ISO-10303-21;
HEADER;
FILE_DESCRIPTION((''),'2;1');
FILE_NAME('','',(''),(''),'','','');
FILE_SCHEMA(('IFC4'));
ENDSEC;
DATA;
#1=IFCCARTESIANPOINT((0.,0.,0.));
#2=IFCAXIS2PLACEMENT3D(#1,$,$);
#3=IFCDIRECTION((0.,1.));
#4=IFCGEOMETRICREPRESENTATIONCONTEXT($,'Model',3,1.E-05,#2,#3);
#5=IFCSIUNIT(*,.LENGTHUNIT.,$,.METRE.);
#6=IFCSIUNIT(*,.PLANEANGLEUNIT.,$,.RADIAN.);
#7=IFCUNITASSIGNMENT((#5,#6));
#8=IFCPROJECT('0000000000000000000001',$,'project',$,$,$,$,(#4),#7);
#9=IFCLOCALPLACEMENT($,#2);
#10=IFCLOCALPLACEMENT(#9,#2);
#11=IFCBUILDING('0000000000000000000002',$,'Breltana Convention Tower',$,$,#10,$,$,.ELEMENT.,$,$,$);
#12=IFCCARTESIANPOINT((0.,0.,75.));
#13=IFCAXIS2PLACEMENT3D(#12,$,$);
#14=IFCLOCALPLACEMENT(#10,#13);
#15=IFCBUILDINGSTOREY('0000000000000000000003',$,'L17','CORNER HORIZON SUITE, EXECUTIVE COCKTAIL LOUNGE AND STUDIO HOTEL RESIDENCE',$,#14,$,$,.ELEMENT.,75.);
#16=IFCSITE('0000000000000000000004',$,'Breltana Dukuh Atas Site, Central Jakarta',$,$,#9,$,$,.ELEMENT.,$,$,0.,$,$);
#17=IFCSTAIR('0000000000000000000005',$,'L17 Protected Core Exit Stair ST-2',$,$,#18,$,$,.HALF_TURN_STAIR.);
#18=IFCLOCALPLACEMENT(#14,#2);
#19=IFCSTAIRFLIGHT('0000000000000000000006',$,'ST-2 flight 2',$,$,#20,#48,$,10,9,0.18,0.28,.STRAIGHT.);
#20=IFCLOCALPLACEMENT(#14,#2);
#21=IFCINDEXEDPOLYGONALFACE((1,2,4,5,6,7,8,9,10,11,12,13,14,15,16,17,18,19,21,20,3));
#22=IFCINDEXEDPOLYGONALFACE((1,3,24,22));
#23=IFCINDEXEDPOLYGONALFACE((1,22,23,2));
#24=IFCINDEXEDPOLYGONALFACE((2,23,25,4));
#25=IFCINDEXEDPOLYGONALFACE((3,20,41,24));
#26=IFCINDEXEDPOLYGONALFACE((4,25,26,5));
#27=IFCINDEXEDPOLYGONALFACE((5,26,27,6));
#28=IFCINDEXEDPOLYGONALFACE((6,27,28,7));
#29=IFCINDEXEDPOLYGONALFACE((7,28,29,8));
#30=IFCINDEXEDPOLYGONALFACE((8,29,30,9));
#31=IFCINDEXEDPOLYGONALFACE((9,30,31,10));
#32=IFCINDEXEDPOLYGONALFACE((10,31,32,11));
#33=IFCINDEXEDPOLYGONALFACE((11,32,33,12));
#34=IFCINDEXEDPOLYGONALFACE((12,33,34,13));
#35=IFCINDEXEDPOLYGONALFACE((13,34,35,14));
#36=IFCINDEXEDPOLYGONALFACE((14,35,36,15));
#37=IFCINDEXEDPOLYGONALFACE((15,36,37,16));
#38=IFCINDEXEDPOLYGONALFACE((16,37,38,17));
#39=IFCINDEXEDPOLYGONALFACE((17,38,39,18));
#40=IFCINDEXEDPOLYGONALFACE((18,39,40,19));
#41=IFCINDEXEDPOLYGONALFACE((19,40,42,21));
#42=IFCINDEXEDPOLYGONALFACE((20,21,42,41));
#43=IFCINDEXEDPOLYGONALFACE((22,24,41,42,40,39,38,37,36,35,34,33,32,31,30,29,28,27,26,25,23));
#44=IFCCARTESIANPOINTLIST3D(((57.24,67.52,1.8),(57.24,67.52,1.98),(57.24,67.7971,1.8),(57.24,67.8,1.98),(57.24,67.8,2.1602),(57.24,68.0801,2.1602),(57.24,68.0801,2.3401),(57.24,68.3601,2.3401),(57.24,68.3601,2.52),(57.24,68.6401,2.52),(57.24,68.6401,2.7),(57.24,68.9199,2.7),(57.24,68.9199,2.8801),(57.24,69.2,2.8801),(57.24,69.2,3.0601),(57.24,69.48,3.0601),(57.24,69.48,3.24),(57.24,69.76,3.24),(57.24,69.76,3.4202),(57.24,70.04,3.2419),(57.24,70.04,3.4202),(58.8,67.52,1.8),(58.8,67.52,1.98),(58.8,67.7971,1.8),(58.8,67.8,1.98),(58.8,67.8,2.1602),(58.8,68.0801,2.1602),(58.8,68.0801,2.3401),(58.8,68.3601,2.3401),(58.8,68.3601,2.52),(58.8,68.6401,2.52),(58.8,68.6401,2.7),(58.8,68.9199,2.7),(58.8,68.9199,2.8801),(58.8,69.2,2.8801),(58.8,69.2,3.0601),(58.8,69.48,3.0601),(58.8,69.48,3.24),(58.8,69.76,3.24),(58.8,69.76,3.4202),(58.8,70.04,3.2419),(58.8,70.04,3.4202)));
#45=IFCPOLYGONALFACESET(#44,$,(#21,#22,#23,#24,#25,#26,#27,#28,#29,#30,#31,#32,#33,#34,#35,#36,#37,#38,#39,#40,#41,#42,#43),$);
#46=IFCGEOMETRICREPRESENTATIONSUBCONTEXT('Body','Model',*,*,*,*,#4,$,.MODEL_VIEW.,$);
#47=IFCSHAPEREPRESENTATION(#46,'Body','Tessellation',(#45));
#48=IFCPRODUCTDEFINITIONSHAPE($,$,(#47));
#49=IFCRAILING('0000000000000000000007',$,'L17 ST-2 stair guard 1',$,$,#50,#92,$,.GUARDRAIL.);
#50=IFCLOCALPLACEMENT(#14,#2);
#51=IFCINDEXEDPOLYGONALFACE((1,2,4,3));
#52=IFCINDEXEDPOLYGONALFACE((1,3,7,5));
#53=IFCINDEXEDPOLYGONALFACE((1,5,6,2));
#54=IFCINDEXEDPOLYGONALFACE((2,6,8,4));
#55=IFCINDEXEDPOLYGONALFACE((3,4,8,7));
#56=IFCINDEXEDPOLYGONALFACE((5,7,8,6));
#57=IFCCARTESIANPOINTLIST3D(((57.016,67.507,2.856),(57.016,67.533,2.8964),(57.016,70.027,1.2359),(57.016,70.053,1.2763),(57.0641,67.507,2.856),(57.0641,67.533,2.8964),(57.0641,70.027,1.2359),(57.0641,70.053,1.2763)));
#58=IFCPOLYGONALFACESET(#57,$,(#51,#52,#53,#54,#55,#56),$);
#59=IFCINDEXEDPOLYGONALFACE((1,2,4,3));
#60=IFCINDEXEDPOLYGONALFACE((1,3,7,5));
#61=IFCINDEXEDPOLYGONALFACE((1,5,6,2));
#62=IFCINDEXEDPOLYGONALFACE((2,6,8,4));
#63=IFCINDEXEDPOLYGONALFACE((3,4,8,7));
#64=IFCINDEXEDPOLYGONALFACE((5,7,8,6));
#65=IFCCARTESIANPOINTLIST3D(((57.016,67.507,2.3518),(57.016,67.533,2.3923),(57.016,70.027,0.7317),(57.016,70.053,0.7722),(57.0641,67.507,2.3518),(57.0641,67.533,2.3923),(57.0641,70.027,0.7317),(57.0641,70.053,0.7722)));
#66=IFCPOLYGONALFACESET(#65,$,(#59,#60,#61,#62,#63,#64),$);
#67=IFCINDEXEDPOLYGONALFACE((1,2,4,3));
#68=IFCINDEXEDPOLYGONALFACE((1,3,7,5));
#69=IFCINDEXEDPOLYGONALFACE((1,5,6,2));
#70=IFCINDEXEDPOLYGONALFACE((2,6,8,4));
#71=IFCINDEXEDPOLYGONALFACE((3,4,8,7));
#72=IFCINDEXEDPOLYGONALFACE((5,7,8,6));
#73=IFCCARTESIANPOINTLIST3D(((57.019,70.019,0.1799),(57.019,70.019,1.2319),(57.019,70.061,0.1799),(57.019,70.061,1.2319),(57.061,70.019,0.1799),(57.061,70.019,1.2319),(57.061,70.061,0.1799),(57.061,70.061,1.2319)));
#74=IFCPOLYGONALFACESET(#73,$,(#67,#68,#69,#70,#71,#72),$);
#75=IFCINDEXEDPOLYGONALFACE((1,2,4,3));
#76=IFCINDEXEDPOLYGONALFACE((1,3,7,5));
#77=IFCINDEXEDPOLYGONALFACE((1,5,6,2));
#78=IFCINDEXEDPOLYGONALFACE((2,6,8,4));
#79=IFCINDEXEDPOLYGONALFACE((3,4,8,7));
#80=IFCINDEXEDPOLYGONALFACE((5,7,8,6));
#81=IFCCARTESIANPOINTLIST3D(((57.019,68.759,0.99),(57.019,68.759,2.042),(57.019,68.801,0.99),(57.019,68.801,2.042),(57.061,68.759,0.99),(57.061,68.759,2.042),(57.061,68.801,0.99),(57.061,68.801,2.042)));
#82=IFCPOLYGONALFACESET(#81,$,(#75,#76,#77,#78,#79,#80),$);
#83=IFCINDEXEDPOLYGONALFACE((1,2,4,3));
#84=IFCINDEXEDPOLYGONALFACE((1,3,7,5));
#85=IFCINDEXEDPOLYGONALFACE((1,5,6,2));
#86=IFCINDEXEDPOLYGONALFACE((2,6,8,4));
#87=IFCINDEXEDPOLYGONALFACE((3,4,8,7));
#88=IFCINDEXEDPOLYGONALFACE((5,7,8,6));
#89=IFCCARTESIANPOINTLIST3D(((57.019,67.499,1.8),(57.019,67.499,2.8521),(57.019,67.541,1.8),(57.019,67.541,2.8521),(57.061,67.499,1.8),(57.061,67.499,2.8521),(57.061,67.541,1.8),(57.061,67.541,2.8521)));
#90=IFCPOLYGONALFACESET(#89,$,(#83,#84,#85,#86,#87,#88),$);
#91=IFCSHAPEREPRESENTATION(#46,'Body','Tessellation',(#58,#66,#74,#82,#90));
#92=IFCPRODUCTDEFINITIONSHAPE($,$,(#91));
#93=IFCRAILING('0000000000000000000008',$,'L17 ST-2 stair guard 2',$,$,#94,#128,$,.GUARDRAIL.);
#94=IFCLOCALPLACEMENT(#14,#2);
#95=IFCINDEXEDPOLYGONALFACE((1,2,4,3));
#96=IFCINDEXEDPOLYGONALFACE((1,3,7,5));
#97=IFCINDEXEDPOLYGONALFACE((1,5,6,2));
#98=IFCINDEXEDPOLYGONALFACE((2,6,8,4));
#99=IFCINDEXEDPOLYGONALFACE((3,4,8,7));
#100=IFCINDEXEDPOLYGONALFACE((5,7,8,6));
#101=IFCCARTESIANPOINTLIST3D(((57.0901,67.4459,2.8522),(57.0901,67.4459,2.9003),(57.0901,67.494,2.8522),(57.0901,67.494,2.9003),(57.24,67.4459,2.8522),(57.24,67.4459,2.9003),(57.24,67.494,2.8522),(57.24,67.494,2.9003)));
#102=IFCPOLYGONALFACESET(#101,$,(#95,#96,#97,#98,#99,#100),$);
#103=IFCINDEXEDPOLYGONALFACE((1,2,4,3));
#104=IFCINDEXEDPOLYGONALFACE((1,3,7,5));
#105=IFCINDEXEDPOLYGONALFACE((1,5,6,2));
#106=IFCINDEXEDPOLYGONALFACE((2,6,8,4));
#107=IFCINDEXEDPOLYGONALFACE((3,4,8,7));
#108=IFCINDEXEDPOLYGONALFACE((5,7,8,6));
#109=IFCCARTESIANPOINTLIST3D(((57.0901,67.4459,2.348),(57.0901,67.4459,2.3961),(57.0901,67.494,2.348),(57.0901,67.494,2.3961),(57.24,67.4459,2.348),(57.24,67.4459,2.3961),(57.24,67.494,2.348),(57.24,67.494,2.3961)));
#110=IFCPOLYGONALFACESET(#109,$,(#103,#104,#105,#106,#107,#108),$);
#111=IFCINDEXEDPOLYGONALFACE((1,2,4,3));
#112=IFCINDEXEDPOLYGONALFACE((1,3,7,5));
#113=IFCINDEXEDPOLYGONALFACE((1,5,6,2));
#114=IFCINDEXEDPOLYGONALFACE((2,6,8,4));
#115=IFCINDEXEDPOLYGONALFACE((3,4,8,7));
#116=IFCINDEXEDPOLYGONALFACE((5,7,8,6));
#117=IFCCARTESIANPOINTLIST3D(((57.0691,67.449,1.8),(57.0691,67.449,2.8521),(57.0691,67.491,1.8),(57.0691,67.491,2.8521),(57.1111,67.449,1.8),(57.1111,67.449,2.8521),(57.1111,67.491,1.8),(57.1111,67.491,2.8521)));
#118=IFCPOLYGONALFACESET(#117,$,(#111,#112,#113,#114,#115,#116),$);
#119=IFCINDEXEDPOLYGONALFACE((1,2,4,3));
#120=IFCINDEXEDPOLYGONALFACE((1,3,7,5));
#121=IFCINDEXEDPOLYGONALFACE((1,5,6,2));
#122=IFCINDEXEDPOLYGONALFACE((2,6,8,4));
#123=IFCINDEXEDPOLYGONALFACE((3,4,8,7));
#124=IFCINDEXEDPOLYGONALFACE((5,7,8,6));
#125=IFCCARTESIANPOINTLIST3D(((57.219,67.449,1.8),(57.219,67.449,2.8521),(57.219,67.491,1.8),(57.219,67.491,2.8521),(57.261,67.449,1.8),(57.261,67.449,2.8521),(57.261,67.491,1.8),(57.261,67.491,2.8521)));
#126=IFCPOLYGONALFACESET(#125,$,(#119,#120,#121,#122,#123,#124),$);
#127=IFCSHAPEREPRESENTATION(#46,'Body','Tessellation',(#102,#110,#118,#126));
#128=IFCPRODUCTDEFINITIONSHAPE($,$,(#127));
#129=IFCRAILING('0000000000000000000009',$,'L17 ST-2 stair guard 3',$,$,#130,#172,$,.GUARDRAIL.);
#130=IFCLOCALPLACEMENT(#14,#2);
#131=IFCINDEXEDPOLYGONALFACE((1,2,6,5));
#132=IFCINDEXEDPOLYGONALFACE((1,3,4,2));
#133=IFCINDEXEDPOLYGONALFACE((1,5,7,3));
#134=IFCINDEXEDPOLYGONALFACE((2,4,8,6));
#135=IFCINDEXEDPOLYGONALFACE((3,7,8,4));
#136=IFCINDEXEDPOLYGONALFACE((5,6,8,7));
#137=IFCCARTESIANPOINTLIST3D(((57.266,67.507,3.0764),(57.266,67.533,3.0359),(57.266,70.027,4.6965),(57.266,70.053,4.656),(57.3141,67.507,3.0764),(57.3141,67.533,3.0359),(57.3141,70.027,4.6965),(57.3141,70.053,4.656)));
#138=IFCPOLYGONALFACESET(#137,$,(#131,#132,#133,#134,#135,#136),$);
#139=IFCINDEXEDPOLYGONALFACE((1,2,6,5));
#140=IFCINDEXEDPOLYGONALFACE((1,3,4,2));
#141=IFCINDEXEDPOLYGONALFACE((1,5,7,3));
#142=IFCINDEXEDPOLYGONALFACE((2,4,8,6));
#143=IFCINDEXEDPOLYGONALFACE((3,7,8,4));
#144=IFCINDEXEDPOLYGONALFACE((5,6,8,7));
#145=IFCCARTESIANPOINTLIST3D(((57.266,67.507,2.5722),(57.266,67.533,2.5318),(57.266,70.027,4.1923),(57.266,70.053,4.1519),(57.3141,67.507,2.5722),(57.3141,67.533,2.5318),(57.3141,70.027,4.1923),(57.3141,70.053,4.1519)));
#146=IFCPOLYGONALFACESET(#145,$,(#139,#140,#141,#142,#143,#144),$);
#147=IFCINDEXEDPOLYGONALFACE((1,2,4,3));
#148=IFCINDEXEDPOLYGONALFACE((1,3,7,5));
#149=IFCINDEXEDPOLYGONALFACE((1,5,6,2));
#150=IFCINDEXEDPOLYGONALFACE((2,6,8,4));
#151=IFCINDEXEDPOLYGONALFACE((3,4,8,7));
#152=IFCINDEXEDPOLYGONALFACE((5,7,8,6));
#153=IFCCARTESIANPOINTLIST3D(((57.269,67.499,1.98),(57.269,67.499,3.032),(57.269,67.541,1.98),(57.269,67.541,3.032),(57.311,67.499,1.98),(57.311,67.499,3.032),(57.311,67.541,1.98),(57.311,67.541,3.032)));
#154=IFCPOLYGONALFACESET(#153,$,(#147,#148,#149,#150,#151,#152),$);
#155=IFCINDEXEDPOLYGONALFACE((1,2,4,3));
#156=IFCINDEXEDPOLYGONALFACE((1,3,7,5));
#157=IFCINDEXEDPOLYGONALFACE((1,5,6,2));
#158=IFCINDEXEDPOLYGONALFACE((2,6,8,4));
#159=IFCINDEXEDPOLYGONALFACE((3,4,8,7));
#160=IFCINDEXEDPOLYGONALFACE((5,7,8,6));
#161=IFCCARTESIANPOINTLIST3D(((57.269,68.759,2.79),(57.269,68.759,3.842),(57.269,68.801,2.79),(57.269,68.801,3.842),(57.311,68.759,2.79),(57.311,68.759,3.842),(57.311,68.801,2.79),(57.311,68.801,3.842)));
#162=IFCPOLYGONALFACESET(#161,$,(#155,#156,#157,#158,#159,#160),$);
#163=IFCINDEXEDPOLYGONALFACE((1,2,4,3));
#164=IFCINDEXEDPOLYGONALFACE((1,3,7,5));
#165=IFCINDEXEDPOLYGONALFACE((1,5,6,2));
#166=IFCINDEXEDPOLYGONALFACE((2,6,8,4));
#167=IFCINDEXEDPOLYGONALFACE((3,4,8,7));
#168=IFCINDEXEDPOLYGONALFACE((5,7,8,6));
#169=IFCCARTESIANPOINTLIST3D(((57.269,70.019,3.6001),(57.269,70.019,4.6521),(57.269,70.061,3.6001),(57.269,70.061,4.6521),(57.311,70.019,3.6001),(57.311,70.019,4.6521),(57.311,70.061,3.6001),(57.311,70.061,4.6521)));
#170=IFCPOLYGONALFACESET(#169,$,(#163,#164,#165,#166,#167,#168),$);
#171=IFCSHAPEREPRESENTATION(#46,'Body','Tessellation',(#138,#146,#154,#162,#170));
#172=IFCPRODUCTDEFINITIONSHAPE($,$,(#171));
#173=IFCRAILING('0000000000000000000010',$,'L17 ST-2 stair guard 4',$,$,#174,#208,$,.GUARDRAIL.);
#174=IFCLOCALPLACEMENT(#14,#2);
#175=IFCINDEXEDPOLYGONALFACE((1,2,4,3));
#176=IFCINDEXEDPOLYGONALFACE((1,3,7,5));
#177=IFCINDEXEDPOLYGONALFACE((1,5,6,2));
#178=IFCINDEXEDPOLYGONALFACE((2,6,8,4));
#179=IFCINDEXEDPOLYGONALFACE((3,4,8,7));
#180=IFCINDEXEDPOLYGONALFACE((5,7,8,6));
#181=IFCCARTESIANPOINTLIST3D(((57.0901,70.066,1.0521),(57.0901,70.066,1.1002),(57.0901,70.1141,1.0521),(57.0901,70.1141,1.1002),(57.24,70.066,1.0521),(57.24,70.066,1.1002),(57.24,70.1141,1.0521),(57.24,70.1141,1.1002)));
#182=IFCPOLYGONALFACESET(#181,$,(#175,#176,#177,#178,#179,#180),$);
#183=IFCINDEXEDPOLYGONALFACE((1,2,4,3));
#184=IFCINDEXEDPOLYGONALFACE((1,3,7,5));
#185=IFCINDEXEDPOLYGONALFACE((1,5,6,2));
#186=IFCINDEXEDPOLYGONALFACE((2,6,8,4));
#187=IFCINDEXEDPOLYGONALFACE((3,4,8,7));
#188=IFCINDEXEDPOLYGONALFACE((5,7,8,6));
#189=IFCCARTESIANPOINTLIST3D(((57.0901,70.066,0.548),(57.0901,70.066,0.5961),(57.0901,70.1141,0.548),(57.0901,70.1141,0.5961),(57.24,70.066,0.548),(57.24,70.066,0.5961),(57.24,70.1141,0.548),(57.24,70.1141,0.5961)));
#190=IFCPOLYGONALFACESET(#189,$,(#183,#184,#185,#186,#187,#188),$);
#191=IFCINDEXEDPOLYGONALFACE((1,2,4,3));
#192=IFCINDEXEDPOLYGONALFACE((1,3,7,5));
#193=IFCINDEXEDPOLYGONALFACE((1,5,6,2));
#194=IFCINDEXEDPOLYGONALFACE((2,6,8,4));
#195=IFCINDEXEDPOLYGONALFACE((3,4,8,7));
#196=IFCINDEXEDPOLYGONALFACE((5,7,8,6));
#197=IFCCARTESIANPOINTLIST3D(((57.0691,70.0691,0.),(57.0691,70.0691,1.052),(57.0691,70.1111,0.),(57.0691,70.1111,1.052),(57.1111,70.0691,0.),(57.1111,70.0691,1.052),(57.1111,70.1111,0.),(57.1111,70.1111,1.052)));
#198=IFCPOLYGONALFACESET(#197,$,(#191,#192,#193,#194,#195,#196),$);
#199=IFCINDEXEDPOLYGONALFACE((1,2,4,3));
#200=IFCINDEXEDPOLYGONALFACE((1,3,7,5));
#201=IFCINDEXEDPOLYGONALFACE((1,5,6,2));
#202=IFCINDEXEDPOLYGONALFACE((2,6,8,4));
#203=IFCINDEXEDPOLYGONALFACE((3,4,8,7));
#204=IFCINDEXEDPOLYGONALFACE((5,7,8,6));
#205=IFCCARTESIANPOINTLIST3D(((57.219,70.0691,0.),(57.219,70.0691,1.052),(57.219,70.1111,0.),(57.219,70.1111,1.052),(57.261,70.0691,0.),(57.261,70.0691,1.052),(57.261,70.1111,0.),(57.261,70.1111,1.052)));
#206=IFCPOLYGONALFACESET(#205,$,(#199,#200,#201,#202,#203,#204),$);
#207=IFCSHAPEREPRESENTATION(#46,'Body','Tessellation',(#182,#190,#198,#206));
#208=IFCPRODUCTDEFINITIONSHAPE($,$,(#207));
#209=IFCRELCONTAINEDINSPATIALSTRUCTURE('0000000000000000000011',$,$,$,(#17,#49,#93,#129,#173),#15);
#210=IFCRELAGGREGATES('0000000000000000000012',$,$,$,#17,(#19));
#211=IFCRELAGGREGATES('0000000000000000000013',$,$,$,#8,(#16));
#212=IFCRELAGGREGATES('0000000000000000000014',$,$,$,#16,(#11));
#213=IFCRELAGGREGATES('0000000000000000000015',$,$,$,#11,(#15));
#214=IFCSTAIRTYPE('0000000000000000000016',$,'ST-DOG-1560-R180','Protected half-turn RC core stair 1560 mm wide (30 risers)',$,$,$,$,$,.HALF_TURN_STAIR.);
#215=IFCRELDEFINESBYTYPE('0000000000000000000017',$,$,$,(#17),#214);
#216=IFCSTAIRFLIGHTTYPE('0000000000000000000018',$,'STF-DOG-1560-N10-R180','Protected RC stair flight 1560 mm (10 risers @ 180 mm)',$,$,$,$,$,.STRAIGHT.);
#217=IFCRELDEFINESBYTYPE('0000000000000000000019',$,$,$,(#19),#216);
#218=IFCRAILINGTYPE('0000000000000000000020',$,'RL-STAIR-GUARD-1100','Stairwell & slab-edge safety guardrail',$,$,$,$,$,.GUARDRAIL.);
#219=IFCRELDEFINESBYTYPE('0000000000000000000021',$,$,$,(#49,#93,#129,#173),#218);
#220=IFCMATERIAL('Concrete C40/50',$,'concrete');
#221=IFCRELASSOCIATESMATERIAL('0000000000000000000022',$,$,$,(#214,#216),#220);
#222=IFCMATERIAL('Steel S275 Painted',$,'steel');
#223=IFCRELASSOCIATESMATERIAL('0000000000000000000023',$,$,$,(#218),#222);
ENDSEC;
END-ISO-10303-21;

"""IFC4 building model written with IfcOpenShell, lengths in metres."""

from ifc_helpers import new_model, si_unit, direction, frame, origin, origin_2d, place, context, subcontext, project, spatial, polyline, rectangle, outline, extrude, material, type_object, element, aggregate, save


model = new_model("IFC4")

# Units and contexts
model_context = context("Model", 3, precision=1e-05, world=origin(), true_north=direction((0.0, 1.0)))
body_context = subcontext(model_context, "Body", "Model", "MODEL_VIEW")
ifc_project = project(units=[si_unit("LENGTHUNIT", "METRE"), si_unit("PLANEANGLEUNIT", "RADIAN")], contexts=[model_context])

# Site, building, storey
site_placement = place(None, origin())
site = spatial("IfcSite", under=ifc_project, at=site_placement, Name="Breltana Dukuh Atas Site, Central Jakarta", CompositionType="ELEMENT", RefElevation=0.0)
building_placement = place(site_placement, origin())
building = spatial("IfcBuilding", under=site, at=building_placement, Name="Breltana Convention Tower", CompositionType="ELEMENT")
storey_placement = place(building_placement, frame((0.0, 0.0, 75.0)))
storey = spatial("IfcBuildingStorey", under=building, at=storey_placement, Name="L17", Description="CORNER HORIZON SUITE, EXECUTIVE COCKTAIL LOUNGE AND STUDIO HOTEL RESIDENCE", CompositionType="ELEMENT", Elevation=75.0)

# Stair, stair flight
ifc_material_1 = material(Name="Concrete C40/50", Category="concrete")
stair_type = type_object("IfcStairType", Name="ST-DOG-1560-R180", Description="Protected half-turn RC core stair 1560 mm wide (30 risers)", PredefinedType="HALF_TURN_STAIR", material=ifc_material_1)
stair_placement = place(storey_placement, origin())
stair = element("IfcStair", 1, at=stair_placement, inside=storey, type_object=stair_type, Name="L17 Protected Core Exit Stair ST-2", PredefinedType="HALF_TURN_STAIR")
stair_flight_type = type_object("IfcStairFlightType", Name="STF-DOG-1560-N10-R180", Description="Protected RC stair flight 1560 mm (10 risers @ 180 mm)", PredefinedType="STRAIGHT", material=ifc_material_1)
stair_flight_1_placement = place(storey_placement, frame((58.02, 67.52, 1.8), z_axis=(0.0, 0.0, 1.0), x_axis=(0.0, 1.0, 0.0)))
stair_flight_1 = element("IfcStairFlight", 2, at=stair_flight_1_placement, type_object=stair_flight_type, Name="ST-2 flight 2", NumberOfRisers=10, NumberOfTreads=9, PredefinedType="STRAIGHT", RiserHeight=0.18, TreadLength=0.28, context=body_context, shape_type="SweptSolid", body=[
    extrude(outline(polyline([(0.0, 0.0), (0.0, 0.1799), (0.28, 0.1799), (0.28, 0.3601), (0.5601, 0.3601), (0.5601, 0.54), (0.8401, 0.54), (0.8401, 0.72), (1.1201, 0.72), (1.1201, 0.8999), (1.3999, 0.8999), (1.3999, 1.0801), (1.6799, 1.0801), (1.6799, 1.26), (1.96, 1.26), (1.96, 1.4399), (2.24, 1.4399), (2.24, 1.6201), (2.52, 1.6201), (2.52, 1.8), (2.52, 1.4419), (0.2771, 0.0), (0.0, 0.0)])), frame((0.0, 0.78, 0.0), z_axis=(0.0, -1.0, 0.0), x_axis=(1.0, 0.0, 0.0)), (0.0, 0.0, 1.0), 1.5601),
])
aggregate(stair, [stair_flight_1])

# Railings
ifc_material_2 = material(Name="Steel S275 Painted", Category="steel")
railing_type_1 = type_object("IfcRailingType", Name="RL-STAIR-GUARD-1100", Description="Stairwell & slab-edge safety guardrail", PredefinedType="GUARDRAIL", material=ifc_material_2)
railing_1_placement = place(storey_placement, frame((57.04, 70.04, 0.1799)))
element("IfcRailing", 3, at=railing_1_placement, inside=storey, type_object=railing_type_1, Name="L17 ST-2 stair guard 1", PredefinedType="GUARDRAIL", context=body_context, shape_type="SweptSolid", body=[
    extrude(rectangle(XDim=0.0481, YDim=0.0481, at=origin_2d()), frame((0.0, 0.0, 1.0762), z_axis=(0.0, -0.841163, 0.540782), x_axis=(1.0, 0.0, 0.0)), (0.0, 0.0, 1.0), 2.9958),
    extrude(rectangle(XDim=0.0481, YDim=0.0481, at=origin_2d()), frame((0.0, 0.0, 0.572), z_axis=(0.0, -0.841163, 0.540782), x_axis=(1.0, 0.0, 0.0)), (0.0, 0.0, 1.0), 2.9958),
    extrude(rectangle(XDim=0.042, YDim=0.042, at=origin_2d()), origin(), (0.0, 0.0, 1.0), 1.052),
    extrude(rectangle(XDim=0.042, YDim=0.042, at=origin_2d()), frame((0.0, -1.26, 0.8101)), (0.0, 0.0, 1.0), 1.052),
    extrude(rectangle(XDim=0.042, YDim=0.042, at=origin_2d()), frame((0.0, -2.52, 1.6201)), (0.0, 0.0, 1.0), 1.052),
])
railing_2_placement = place(storey_placement, frame((57.0901, 67.47, 1.8)))
element("IfcRailing", 4, at=railing_2_placement, inside=storey, type_object=railing_type_1, Name="L17 ST-2 stair guard 2", PredefinedType="GUARDRAIL", context=body_context, shape_type="SweptSolid", body=[
    extrude(rectangle(XDim=0.0481, YDim=0.0481, at=origin_2d()), frame((0.0, 0.0, 1.0762), z_axis=(1.0, 0.0, 0.0), x_axis=(0.0, 1.0, 0.0)), (0.0, 0.0, 1.0), 0.1499),
    extrude(rectangle(XDim=0.0481, YDim=0.0481, at=origin_2d()), frame((0.0, 0.0, 0.572), z_axis=(1.0, 0.0, 0.0), x_axis=(0.0, 1.0, 0.0)), (0.0, 0.0, 1.0), 0.1499),
    extrude(rectangle(XDim=0.042, YDim=0.042, at=origin_2d()), origin(), (0.0, 0.0, 1.0), 1.052),
    extrude(rectangle(XDim=0.042, YDim=0.042, at=origin_2d()), frame((0.1499, 0.0, 0.0)), (0.0, 0.0, 1.0), 1.052),
])
railing_3_placement = place(storey_placement, frame((57.29, 67.52, 1.98)))
element("IfcRailing", 5, at=railing_3_placement, inside=storey, type_object=railing_type_1, Name="L17 ST-2 stair guard 3", PredefinedType="GUARDRAIL", context=body_context, shape_type="SweptSolid", body=[
    extrude(rectangle(XDim=0.0481, YDim=0.0481, at=origin_2d()), frame((0.0, 0.0, 1.0762), z_axis=(0.0, 0.841163, 0.540782), x_axis=(-1.0, 0.0, 0.0)), (0.0, 0.0, 1.0), 2.9958),
    extrude(rectangle(XDim=0.0481, YDim=0.0481, at=origin_2d()), frame((0.0, 0.0, 0.572), z_axis=(0.0, 0.841163, 0.540782), x_axis=(-1.0, 0.0, 0.0)), (0.0, 0.0, 1.0), 2.9958),
    extrude(rectangle(XDim=0.042, YDim=0.042, at=origin_2d()), origin(), (0.0, 0.0, 1.0), 1.052),
    extrude(rectangle(XDim=0.042, YDim=0.042, at=origin_2d()), frame((0.0, 1.26, 0.8101)), (0.0, 0.0, 1.0), 1.052),
    extrude(rectangle(XDim=0.042, YDim=0.042, at=origin_2d()), frame((0.0, 2.52, 1.6201)), (0.0, 0.0, 1.0), 1.052),
])
railing_4_placement = place(storey_placement, frame((57.0901, 70.0901, 0.0)))
element("IfcRailing", 6, at=railing_4_placement, inside=storey, type_object=railing_type_1, Name="L17 ST-2 stair guard 4", PredefinedType="GUARDRAIL", context=body_context, shape_type="SweptSolid", body=[
    extrude(rectangle(XDim=0.0481, YDim=0.0481, at=origin_2d()), frame((0.0, 0.0, 1.0762), z_axis=(1.0, 0.0, 0.0), x_axis=(0.0, 1.0, 0.0)), (0.0, 0.0, 1.0), 0.1499),
    extrude(rectangle(XDim=0.0481, YDim=0.0481, at=origin_2d()), frame((0.0, 0.0, 0.572), z_axis=(1.0, 0.0, 0.0), x_axis=(0.0, 1.0, 0.0)), (0.0, 0.0, 1.0), 0.1499),
    extrude(rectangle(XDim=0.042, YDim=0.042, at=origin_2d()), origin(), (0.0, 0.0, 1.0), 1.052),
    extrude(rectangle(XDim=0.042, YDim=0.042, at=origin_2d()), frame((0.1499, 0.0, 0.0)), (0.0, 0.0, 1.0), 1.052),
])

save(model, "model.ifc")
